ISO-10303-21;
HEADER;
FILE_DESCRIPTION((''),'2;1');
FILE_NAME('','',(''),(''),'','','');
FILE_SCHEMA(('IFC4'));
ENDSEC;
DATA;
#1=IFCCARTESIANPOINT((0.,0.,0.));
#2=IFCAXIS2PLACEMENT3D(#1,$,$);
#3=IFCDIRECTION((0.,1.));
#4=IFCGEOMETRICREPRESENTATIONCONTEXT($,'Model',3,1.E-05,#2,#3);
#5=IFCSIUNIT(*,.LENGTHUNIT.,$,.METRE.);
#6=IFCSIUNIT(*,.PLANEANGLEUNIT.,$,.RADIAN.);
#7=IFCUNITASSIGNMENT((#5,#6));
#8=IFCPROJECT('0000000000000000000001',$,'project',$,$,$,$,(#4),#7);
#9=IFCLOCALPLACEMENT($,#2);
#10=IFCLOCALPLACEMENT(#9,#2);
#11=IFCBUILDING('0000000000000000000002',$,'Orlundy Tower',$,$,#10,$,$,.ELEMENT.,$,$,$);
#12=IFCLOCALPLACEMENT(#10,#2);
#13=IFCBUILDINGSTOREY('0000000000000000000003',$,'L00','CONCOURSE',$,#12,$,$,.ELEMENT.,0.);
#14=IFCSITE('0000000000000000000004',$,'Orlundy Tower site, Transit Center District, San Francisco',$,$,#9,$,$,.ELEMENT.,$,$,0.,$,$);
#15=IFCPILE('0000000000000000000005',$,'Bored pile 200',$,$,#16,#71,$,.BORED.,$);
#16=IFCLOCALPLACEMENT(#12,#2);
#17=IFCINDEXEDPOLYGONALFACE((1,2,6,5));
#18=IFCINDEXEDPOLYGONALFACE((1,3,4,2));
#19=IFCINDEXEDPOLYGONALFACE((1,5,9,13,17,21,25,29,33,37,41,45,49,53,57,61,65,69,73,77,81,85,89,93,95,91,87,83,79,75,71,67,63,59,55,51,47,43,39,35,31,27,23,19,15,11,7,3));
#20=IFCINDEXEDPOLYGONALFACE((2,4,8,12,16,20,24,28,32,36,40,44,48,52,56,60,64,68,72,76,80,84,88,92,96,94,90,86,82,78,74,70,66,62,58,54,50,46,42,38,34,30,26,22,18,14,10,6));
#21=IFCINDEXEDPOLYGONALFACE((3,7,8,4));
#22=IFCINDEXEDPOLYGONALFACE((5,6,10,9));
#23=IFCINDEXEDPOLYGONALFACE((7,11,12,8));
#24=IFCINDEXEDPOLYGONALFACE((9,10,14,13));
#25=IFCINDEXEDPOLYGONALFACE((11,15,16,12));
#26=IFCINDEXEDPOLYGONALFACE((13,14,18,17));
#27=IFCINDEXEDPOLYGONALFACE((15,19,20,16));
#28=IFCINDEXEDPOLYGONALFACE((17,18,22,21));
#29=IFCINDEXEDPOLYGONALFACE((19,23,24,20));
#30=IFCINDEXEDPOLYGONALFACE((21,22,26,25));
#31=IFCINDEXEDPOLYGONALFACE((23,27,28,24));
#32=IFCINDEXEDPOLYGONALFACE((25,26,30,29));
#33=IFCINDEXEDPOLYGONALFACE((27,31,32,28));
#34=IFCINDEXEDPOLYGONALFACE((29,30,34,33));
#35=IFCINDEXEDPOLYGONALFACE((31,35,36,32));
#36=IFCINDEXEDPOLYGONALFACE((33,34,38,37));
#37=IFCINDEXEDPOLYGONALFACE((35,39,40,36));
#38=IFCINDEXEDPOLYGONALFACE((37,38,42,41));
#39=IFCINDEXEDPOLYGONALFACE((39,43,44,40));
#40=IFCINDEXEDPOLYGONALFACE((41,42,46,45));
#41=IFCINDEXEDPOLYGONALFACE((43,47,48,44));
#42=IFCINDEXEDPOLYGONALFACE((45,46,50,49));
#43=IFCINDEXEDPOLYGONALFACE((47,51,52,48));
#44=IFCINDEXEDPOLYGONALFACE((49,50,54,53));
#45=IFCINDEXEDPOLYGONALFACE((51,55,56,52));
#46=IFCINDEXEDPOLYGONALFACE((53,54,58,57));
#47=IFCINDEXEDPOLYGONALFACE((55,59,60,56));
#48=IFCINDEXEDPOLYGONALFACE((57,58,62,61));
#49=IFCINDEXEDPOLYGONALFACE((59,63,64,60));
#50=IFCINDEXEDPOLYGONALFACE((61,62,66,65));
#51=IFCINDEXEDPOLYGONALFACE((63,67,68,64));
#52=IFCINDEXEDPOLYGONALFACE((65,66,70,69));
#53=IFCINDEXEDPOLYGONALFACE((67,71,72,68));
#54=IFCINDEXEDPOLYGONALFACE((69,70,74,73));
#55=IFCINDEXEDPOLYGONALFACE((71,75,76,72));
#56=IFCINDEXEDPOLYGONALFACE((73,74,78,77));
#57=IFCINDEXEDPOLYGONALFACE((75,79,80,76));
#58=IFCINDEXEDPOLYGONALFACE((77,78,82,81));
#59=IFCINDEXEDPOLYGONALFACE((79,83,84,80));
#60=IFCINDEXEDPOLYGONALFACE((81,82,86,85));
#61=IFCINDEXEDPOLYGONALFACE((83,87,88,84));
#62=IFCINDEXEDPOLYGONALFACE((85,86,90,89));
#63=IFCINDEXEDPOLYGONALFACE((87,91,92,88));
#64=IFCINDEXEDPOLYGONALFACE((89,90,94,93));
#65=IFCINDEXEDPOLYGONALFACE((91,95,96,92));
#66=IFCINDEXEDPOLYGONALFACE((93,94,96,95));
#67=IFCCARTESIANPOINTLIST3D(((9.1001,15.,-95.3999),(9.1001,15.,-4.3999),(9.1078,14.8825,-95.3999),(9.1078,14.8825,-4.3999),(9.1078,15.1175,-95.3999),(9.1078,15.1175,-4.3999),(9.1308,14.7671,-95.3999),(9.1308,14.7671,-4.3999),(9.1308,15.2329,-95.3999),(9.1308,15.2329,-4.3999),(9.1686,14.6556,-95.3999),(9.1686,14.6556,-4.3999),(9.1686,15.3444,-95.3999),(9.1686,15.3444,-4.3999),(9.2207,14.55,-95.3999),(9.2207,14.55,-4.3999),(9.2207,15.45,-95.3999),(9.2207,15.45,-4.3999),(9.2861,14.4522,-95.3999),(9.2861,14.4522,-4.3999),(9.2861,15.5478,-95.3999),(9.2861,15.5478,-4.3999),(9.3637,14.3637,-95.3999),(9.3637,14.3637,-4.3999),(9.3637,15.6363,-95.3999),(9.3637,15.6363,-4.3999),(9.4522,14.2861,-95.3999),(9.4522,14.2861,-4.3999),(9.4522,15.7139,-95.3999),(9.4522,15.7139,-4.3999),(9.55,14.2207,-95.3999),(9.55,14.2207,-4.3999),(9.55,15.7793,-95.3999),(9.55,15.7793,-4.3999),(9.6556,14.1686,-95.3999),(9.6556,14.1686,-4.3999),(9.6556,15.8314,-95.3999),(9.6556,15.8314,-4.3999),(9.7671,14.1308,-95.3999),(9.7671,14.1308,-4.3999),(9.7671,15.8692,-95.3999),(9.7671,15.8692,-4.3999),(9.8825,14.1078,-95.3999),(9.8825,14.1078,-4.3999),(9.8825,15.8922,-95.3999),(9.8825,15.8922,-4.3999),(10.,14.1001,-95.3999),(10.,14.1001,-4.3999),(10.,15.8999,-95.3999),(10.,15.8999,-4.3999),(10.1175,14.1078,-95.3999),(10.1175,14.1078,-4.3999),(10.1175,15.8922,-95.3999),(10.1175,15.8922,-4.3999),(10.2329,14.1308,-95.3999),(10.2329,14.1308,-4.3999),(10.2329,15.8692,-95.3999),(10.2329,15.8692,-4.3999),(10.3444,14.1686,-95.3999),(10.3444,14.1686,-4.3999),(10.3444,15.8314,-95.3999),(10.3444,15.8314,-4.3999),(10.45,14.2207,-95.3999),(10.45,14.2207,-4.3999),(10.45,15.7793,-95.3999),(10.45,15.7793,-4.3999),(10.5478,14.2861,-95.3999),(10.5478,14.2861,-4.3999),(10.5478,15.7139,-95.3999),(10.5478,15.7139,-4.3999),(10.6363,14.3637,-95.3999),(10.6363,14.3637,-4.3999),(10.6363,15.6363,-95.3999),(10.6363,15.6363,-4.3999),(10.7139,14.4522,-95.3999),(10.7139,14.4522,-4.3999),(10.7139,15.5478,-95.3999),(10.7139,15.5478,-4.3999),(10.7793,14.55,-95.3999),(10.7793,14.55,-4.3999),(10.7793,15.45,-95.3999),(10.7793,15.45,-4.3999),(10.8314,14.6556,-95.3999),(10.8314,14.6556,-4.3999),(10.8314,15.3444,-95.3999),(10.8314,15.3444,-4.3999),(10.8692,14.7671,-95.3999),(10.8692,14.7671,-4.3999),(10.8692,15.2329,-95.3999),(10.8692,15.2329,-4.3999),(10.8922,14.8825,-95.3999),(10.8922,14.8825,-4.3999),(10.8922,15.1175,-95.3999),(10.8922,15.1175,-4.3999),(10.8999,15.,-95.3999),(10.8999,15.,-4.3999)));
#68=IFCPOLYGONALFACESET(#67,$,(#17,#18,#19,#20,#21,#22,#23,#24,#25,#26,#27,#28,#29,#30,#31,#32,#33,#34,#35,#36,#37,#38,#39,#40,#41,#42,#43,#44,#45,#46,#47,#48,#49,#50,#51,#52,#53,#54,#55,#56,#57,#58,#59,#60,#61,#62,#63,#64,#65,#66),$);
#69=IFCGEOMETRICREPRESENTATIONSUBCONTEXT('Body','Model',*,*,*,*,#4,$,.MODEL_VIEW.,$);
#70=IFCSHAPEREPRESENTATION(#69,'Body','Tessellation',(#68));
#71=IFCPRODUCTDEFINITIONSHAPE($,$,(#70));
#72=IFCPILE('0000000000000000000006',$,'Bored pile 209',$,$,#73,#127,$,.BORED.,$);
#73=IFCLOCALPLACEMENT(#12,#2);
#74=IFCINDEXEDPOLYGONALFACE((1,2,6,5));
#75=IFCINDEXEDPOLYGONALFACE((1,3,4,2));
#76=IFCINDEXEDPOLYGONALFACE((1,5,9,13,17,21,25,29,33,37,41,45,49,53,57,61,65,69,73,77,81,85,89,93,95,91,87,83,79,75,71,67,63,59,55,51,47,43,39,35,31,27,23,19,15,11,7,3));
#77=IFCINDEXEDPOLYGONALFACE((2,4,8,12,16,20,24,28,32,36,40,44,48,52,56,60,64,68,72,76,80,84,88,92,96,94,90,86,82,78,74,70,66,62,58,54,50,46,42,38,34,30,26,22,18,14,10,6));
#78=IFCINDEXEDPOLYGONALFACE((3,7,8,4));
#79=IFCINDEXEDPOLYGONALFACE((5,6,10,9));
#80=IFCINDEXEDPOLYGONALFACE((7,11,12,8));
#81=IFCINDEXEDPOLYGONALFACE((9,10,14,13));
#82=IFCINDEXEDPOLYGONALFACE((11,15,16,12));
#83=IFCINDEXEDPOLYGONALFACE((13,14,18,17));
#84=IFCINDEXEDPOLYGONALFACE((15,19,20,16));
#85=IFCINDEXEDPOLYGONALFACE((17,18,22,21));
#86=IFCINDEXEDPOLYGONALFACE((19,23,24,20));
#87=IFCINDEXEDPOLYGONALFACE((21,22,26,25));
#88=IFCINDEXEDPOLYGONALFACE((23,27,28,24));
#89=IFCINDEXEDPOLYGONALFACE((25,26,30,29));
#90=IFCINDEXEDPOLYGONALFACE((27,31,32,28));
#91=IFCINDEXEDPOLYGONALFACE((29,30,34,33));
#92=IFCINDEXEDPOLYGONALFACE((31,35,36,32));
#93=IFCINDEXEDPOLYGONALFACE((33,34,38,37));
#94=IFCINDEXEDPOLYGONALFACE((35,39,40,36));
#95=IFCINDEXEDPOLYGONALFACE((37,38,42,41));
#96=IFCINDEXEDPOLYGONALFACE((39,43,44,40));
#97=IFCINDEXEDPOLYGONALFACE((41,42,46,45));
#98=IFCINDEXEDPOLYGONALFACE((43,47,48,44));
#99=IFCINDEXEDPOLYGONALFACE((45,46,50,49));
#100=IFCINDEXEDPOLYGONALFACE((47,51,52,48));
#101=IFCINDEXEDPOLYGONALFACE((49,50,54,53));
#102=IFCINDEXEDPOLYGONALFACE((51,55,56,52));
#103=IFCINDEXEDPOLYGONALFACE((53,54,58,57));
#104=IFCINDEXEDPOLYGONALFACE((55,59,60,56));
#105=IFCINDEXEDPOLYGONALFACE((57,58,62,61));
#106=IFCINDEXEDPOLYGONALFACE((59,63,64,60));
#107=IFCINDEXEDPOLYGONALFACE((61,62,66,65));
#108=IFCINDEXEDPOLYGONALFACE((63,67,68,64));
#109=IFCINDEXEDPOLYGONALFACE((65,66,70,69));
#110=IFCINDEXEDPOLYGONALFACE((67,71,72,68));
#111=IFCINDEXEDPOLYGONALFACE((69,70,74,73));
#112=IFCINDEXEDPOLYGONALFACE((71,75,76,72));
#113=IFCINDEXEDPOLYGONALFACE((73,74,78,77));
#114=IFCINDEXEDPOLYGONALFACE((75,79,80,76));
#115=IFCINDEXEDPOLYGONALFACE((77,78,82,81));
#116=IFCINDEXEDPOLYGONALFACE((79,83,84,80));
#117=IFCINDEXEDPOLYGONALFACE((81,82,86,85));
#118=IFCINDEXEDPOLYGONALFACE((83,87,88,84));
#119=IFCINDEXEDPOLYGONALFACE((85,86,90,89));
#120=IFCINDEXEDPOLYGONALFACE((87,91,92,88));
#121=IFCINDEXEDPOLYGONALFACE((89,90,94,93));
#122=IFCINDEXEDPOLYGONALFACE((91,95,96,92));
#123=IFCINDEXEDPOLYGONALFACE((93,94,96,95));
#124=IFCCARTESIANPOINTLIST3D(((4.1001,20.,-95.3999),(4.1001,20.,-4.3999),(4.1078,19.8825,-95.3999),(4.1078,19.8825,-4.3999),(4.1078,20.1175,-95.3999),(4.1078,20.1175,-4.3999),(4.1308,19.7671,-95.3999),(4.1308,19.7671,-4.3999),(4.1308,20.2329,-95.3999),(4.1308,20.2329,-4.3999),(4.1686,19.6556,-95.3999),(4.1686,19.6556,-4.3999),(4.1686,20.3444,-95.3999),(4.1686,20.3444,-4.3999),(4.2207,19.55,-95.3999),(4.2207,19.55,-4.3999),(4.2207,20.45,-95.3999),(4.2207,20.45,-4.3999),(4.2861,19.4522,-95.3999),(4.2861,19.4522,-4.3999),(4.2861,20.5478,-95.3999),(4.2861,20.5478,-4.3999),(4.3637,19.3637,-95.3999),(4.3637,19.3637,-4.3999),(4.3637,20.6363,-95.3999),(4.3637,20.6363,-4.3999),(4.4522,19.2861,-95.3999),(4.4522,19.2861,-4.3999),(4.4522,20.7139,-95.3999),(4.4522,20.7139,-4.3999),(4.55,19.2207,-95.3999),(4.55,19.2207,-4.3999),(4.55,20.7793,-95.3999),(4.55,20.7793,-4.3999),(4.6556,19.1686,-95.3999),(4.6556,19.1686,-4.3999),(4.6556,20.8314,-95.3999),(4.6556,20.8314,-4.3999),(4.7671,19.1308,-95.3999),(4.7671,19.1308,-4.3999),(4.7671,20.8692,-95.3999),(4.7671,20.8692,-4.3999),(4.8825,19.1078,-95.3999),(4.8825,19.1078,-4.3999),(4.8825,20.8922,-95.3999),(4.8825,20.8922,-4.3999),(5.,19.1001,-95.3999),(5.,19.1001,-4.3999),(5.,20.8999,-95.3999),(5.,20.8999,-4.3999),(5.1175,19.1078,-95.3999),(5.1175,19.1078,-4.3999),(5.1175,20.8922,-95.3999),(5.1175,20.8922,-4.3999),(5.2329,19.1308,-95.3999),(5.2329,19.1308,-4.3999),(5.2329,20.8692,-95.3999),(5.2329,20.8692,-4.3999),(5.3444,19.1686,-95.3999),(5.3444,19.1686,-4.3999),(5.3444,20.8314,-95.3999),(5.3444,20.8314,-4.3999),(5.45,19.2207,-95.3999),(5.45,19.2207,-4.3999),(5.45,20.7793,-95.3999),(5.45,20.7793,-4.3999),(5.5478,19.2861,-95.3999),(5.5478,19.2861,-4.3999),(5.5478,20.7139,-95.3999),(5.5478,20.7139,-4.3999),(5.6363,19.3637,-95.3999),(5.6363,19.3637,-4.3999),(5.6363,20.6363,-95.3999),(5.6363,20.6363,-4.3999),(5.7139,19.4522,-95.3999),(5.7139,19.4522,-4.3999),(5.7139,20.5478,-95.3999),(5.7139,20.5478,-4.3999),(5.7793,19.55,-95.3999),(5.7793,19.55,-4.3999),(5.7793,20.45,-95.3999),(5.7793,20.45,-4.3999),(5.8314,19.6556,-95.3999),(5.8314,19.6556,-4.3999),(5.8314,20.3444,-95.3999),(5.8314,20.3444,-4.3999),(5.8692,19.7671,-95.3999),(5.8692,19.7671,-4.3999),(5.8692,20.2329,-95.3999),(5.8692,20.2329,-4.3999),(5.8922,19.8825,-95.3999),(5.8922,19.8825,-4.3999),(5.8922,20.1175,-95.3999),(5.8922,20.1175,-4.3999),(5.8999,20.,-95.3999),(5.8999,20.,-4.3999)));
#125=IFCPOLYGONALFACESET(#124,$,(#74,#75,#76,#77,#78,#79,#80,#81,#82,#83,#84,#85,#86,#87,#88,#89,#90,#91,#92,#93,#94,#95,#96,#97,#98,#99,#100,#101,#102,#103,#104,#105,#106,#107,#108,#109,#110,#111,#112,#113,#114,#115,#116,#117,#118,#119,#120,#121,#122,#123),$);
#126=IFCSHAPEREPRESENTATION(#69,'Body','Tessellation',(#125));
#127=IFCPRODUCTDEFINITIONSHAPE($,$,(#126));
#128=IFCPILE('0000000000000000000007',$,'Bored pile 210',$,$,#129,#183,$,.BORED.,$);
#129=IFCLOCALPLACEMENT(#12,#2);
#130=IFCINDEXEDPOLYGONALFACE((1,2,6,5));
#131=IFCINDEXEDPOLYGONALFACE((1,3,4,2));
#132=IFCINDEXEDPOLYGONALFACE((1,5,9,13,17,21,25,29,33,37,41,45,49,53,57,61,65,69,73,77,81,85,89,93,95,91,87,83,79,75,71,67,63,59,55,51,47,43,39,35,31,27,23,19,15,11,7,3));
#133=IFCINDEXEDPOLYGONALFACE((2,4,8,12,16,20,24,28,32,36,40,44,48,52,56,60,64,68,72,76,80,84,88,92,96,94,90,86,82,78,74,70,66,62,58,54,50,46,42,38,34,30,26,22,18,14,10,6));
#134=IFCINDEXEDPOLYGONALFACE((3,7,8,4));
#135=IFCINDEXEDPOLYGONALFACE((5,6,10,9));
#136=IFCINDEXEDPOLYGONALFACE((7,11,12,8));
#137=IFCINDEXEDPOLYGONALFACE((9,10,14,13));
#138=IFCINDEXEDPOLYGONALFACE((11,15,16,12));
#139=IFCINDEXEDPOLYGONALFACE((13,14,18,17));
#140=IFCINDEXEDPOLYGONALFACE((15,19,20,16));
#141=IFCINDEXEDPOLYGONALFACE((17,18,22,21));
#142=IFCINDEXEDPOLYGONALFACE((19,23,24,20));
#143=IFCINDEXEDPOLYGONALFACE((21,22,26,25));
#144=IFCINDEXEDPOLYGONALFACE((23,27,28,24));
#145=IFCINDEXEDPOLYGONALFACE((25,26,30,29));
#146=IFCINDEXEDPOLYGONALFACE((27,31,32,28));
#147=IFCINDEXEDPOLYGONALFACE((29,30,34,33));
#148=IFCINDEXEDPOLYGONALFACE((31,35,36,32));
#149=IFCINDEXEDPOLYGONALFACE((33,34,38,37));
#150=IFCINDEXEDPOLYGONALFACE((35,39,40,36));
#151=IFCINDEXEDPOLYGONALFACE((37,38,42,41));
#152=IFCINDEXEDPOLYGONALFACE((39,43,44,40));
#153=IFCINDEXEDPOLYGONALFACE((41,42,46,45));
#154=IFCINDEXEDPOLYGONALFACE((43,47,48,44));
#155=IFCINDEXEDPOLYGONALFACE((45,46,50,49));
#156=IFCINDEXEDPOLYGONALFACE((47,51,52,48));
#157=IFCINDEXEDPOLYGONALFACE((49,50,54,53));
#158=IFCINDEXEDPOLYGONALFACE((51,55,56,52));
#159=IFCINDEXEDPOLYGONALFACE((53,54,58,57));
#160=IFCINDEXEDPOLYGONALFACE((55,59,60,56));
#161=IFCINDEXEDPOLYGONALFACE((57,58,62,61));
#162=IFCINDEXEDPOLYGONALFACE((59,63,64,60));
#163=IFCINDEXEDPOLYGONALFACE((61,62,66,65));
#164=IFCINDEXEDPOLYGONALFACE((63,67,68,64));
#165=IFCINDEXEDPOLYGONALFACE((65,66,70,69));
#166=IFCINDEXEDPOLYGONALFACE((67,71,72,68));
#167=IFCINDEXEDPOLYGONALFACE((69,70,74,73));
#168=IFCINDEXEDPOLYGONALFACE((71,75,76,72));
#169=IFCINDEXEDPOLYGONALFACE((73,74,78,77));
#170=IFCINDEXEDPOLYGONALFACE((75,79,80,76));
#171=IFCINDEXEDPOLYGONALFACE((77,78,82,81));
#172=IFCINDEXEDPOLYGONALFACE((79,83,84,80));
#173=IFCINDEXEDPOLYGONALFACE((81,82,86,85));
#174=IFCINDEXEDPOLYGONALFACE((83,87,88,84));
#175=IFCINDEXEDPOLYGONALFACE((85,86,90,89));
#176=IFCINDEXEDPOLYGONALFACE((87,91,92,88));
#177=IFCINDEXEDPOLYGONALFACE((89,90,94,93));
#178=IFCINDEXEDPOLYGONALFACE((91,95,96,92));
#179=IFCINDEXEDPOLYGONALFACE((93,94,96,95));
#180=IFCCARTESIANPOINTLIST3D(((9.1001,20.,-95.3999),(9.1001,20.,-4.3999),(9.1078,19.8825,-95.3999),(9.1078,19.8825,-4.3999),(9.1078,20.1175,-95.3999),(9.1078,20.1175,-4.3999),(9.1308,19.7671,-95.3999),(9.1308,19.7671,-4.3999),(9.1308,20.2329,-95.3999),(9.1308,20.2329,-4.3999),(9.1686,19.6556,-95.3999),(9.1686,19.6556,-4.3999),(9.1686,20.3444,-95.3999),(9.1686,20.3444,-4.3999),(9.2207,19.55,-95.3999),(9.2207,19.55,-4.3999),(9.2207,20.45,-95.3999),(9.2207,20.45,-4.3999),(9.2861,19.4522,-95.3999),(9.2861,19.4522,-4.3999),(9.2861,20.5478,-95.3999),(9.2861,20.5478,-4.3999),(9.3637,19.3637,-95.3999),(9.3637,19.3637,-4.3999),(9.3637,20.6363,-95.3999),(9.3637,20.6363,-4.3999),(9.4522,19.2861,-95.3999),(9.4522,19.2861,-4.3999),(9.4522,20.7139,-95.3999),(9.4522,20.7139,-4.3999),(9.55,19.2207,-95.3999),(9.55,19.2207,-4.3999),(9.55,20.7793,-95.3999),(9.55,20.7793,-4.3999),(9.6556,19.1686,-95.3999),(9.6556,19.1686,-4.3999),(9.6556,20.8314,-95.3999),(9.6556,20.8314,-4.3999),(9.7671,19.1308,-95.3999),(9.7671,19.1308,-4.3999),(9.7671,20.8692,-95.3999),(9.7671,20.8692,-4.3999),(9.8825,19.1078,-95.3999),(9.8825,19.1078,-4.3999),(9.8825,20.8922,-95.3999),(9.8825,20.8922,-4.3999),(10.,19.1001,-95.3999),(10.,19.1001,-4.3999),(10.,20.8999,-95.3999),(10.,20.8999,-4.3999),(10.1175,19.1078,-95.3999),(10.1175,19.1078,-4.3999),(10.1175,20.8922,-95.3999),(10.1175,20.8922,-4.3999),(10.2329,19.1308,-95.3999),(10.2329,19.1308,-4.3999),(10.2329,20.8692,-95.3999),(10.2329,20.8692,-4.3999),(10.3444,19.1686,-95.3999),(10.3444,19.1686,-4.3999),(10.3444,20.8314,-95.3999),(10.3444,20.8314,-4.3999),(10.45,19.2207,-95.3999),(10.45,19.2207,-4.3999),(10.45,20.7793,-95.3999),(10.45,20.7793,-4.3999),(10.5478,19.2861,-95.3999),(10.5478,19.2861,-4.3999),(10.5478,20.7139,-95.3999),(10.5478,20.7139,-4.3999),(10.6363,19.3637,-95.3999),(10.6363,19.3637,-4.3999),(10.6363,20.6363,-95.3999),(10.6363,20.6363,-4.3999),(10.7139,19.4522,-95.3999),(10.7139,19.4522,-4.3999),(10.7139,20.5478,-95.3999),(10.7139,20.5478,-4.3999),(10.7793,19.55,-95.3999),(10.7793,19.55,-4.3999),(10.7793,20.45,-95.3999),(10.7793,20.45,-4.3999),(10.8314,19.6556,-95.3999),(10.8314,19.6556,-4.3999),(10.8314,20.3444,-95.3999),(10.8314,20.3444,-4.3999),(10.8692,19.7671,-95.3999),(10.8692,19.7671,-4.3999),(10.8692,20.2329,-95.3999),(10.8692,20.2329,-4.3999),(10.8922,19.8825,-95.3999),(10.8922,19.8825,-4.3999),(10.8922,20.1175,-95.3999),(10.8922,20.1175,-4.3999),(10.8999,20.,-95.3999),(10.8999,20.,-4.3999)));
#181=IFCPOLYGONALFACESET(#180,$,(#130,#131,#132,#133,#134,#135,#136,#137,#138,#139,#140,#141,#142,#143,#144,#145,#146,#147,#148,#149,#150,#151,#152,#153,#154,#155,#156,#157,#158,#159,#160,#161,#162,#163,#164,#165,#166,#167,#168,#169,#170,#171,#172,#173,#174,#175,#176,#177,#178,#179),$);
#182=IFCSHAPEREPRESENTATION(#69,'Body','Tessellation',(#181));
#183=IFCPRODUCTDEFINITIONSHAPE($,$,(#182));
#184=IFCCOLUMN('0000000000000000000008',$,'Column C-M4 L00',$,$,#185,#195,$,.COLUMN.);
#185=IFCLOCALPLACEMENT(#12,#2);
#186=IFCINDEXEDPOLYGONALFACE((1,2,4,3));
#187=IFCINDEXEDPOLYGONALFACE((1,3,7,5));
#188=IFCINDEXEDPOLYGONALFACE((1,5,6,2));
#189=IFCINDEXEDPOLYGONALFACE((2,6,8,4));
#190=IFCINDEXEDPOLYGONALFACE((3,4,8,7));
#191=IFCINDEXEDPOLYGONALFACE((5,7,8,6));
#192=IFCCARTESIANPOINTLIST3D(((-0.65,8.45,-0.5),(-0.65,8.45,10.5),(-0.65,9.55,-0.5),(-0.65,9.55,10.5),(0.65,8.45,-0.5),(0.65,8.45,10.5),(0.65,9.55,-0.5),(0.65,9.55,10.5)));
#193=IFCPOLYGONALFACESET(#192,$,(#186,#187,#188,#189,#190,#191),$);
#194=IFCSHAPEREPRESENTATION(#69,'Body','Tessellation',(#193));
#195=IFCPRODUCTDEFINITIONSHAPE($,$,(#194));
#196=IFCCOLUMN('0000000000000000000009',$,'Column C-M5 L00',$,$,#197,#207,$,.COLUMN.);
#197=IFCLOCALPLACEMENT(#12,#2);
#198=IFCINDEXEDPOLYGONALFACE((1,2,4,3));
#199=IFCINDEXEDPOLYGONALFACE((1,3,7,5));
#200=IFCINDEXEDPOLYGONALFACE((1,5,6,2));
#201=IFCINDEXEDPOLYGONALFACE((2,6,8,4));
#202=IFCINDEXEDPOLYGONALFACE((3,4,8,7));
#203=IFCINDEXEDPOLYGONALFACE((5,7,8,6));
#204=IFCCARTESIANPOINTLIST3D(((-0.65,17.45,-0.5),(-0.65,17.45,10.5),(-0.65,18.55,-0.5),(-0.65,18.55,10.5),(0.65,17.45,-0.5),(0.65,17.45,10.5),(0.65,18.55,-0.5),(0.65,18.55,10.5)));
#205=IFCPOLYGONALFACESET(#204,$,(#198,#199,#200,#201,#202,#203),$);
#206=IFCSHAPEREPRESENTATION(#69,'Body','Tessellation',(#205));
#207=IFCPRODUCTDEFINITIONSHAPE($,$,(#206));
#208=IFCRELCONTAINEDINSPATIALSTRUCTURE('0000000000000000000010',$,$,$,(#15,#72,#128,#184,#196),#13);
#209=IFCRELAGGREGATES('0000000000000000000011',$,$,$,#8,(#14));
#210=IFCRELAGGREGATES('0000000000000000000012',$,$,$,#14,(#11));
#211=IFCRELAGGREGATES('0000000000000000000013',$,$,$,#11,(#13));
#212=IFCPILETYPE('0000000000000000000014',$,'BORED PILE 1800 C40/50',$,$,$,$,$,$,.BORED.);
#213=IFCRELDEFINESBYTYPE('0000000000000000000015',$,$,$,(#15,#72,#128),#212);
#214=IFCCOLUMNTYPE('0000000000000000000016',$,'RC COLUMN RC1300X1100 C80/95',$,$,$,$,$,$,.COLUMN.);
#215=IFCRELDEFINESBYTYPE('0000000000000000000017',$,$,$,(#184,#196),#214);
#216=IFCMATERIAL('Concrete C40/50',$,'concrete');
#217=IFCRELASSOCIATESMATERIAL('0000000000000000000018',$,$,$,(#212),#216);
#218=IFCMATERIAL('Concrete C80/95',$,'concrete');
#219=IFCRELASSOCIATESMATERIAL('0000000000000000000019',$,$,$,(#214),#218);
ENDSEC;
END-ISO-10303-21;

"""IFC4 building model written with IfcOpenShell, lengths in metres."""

from ifc_helpers import new_model, si_unit, direction, frame, origin, origin_2d, place, context, subcontext, project, spatial, rectangle, circle, extrude, material, material_profile, profile_set, type_object, element, save


model = new_model("IFC4")

# Units and contexts
model_context = context("Model", 3, precision=1e-05, world=origin(), true_north=direction((0.0, 1.0)))
body_context = subcontext(model_context, "Body", "Model", "MODEL_VIEW")
ifc_project = project(units=[si_unit("LENGTHUNIT", "METRE"), si_unit("PLANEANGLEUNIT", "RADIAN")], contexts=[model_context])

# Site, building, storey
site_placement = place(None, origin())
site = spatial("IfcSite", under=ifc_project, at=site_placement, Name="Orlundy Tower site, Transit Center District, San Francisco", CompositionType="ELEMENT", RefElevation=0.0)
building_placement = place(site_placement, origin())
building = spatial("IfcBuilding", under=site, at=building_placement, Name="Orlundy Tower", CompositionType="ELEMENT")
storey_placement = place(building_placement, origin())
storey = spatial("IfcBuildingStorey", under=building, at=storey_placement, Name="L00", Description="CONCOURSE", CompositionType="ELEMENT", Elevation=0.0)

# Piles
ifc_material_1 = material(Name="Concrete C40/50", Category="concrete")
ifc_material_profile_1 = material_profile(ifc_material_1, circle(Radius=0.8999, at=origin_2d()), Name="BP1800")
ifc_profile_set_1 = profile_set([ifc_material_profile_1], Name="Concrete C40/50")
pile_type = type_object("IfcPileType", Name="BORED PILE 1800 C40/50", PredefinedType="BORED", material=ifc_profile_set_1)
for number, where, z_axis, x_axis, name in (
    (1, (10.0, 15.0, -4.3999), (0.0, 0.0, -1.0), (1.0, 0.0, 0.0), "Bored pile 200"),
    (2, (5.0, 20.0, -4.3999), (0.0, 0.0, -1.0), (1.0, 0.0, 0.0), "Bored pile 209"),
    (3, (10.0, 20.0, -4.3999), (0.0, 0.0, -1.0), (1.0, 0.0, 0.0), "Bored pile 210"),
):
    element("IfcPile", number, at=place(storey_placement, frame(where, z_axis=z_axis, x_axis=x_axis)), inside=storey, type_object=pile_type, Name=name, PredefinedType="BORED", context=body_context, shape_type="SweptSolid", body=[
        extrude(circle(Radius=0.8999, at=origin_2d()), origin(), (0.0, 0.0, 1.0), 91.0),
    ])

# Columns
ifc_material_2 = material(Name="Concrete C80/95", Category="concrete")
ifc_material_profile_2 = material_profile(ifc_material_2, rectangle(XDim=1.3, YDim=1.1001, at=origin_2d()), Name="RC1300X1100")
ifc_profile_set_2 = profile_set([ifc_material_profile_2], Name="Concrete C80/95")
column_type = type_object("IfcColumnType", Name="RC COLUMN RC1300X1100 C80/95", PredefinedType="COLUMN", material=ifc_profile_set_2)
for number, where, z_axis, x_axis, name in (
    (4, (0.0, 9.0, -0.5), (0.0, 0.0, 1.0), (1.0, 0.0, 0.0), "Column C-M4 L00"),
    (5, (0.0, 18.0, -0.5), (0.0, 0.0, 1.0), (1.0, 0.0, 0.0), "Column C-M5 L00"),
):
    element("IfcColumn", number, at=place(storey_placement, frame(where, z_axis=z_axis, x_axis=x_axis)), inside=storey, type_object=column_type, Name=name, PredefinedType="COLUMN", context=body_context, shape_type="SweptSolid", body=[
        extrude(rectangle(XDim=1.3, YDim=1.1001, at=origin_2d()), origin(), (0.0, 0.0, 1.0), 11.0),
    ])

save(model, "model.ifc")
